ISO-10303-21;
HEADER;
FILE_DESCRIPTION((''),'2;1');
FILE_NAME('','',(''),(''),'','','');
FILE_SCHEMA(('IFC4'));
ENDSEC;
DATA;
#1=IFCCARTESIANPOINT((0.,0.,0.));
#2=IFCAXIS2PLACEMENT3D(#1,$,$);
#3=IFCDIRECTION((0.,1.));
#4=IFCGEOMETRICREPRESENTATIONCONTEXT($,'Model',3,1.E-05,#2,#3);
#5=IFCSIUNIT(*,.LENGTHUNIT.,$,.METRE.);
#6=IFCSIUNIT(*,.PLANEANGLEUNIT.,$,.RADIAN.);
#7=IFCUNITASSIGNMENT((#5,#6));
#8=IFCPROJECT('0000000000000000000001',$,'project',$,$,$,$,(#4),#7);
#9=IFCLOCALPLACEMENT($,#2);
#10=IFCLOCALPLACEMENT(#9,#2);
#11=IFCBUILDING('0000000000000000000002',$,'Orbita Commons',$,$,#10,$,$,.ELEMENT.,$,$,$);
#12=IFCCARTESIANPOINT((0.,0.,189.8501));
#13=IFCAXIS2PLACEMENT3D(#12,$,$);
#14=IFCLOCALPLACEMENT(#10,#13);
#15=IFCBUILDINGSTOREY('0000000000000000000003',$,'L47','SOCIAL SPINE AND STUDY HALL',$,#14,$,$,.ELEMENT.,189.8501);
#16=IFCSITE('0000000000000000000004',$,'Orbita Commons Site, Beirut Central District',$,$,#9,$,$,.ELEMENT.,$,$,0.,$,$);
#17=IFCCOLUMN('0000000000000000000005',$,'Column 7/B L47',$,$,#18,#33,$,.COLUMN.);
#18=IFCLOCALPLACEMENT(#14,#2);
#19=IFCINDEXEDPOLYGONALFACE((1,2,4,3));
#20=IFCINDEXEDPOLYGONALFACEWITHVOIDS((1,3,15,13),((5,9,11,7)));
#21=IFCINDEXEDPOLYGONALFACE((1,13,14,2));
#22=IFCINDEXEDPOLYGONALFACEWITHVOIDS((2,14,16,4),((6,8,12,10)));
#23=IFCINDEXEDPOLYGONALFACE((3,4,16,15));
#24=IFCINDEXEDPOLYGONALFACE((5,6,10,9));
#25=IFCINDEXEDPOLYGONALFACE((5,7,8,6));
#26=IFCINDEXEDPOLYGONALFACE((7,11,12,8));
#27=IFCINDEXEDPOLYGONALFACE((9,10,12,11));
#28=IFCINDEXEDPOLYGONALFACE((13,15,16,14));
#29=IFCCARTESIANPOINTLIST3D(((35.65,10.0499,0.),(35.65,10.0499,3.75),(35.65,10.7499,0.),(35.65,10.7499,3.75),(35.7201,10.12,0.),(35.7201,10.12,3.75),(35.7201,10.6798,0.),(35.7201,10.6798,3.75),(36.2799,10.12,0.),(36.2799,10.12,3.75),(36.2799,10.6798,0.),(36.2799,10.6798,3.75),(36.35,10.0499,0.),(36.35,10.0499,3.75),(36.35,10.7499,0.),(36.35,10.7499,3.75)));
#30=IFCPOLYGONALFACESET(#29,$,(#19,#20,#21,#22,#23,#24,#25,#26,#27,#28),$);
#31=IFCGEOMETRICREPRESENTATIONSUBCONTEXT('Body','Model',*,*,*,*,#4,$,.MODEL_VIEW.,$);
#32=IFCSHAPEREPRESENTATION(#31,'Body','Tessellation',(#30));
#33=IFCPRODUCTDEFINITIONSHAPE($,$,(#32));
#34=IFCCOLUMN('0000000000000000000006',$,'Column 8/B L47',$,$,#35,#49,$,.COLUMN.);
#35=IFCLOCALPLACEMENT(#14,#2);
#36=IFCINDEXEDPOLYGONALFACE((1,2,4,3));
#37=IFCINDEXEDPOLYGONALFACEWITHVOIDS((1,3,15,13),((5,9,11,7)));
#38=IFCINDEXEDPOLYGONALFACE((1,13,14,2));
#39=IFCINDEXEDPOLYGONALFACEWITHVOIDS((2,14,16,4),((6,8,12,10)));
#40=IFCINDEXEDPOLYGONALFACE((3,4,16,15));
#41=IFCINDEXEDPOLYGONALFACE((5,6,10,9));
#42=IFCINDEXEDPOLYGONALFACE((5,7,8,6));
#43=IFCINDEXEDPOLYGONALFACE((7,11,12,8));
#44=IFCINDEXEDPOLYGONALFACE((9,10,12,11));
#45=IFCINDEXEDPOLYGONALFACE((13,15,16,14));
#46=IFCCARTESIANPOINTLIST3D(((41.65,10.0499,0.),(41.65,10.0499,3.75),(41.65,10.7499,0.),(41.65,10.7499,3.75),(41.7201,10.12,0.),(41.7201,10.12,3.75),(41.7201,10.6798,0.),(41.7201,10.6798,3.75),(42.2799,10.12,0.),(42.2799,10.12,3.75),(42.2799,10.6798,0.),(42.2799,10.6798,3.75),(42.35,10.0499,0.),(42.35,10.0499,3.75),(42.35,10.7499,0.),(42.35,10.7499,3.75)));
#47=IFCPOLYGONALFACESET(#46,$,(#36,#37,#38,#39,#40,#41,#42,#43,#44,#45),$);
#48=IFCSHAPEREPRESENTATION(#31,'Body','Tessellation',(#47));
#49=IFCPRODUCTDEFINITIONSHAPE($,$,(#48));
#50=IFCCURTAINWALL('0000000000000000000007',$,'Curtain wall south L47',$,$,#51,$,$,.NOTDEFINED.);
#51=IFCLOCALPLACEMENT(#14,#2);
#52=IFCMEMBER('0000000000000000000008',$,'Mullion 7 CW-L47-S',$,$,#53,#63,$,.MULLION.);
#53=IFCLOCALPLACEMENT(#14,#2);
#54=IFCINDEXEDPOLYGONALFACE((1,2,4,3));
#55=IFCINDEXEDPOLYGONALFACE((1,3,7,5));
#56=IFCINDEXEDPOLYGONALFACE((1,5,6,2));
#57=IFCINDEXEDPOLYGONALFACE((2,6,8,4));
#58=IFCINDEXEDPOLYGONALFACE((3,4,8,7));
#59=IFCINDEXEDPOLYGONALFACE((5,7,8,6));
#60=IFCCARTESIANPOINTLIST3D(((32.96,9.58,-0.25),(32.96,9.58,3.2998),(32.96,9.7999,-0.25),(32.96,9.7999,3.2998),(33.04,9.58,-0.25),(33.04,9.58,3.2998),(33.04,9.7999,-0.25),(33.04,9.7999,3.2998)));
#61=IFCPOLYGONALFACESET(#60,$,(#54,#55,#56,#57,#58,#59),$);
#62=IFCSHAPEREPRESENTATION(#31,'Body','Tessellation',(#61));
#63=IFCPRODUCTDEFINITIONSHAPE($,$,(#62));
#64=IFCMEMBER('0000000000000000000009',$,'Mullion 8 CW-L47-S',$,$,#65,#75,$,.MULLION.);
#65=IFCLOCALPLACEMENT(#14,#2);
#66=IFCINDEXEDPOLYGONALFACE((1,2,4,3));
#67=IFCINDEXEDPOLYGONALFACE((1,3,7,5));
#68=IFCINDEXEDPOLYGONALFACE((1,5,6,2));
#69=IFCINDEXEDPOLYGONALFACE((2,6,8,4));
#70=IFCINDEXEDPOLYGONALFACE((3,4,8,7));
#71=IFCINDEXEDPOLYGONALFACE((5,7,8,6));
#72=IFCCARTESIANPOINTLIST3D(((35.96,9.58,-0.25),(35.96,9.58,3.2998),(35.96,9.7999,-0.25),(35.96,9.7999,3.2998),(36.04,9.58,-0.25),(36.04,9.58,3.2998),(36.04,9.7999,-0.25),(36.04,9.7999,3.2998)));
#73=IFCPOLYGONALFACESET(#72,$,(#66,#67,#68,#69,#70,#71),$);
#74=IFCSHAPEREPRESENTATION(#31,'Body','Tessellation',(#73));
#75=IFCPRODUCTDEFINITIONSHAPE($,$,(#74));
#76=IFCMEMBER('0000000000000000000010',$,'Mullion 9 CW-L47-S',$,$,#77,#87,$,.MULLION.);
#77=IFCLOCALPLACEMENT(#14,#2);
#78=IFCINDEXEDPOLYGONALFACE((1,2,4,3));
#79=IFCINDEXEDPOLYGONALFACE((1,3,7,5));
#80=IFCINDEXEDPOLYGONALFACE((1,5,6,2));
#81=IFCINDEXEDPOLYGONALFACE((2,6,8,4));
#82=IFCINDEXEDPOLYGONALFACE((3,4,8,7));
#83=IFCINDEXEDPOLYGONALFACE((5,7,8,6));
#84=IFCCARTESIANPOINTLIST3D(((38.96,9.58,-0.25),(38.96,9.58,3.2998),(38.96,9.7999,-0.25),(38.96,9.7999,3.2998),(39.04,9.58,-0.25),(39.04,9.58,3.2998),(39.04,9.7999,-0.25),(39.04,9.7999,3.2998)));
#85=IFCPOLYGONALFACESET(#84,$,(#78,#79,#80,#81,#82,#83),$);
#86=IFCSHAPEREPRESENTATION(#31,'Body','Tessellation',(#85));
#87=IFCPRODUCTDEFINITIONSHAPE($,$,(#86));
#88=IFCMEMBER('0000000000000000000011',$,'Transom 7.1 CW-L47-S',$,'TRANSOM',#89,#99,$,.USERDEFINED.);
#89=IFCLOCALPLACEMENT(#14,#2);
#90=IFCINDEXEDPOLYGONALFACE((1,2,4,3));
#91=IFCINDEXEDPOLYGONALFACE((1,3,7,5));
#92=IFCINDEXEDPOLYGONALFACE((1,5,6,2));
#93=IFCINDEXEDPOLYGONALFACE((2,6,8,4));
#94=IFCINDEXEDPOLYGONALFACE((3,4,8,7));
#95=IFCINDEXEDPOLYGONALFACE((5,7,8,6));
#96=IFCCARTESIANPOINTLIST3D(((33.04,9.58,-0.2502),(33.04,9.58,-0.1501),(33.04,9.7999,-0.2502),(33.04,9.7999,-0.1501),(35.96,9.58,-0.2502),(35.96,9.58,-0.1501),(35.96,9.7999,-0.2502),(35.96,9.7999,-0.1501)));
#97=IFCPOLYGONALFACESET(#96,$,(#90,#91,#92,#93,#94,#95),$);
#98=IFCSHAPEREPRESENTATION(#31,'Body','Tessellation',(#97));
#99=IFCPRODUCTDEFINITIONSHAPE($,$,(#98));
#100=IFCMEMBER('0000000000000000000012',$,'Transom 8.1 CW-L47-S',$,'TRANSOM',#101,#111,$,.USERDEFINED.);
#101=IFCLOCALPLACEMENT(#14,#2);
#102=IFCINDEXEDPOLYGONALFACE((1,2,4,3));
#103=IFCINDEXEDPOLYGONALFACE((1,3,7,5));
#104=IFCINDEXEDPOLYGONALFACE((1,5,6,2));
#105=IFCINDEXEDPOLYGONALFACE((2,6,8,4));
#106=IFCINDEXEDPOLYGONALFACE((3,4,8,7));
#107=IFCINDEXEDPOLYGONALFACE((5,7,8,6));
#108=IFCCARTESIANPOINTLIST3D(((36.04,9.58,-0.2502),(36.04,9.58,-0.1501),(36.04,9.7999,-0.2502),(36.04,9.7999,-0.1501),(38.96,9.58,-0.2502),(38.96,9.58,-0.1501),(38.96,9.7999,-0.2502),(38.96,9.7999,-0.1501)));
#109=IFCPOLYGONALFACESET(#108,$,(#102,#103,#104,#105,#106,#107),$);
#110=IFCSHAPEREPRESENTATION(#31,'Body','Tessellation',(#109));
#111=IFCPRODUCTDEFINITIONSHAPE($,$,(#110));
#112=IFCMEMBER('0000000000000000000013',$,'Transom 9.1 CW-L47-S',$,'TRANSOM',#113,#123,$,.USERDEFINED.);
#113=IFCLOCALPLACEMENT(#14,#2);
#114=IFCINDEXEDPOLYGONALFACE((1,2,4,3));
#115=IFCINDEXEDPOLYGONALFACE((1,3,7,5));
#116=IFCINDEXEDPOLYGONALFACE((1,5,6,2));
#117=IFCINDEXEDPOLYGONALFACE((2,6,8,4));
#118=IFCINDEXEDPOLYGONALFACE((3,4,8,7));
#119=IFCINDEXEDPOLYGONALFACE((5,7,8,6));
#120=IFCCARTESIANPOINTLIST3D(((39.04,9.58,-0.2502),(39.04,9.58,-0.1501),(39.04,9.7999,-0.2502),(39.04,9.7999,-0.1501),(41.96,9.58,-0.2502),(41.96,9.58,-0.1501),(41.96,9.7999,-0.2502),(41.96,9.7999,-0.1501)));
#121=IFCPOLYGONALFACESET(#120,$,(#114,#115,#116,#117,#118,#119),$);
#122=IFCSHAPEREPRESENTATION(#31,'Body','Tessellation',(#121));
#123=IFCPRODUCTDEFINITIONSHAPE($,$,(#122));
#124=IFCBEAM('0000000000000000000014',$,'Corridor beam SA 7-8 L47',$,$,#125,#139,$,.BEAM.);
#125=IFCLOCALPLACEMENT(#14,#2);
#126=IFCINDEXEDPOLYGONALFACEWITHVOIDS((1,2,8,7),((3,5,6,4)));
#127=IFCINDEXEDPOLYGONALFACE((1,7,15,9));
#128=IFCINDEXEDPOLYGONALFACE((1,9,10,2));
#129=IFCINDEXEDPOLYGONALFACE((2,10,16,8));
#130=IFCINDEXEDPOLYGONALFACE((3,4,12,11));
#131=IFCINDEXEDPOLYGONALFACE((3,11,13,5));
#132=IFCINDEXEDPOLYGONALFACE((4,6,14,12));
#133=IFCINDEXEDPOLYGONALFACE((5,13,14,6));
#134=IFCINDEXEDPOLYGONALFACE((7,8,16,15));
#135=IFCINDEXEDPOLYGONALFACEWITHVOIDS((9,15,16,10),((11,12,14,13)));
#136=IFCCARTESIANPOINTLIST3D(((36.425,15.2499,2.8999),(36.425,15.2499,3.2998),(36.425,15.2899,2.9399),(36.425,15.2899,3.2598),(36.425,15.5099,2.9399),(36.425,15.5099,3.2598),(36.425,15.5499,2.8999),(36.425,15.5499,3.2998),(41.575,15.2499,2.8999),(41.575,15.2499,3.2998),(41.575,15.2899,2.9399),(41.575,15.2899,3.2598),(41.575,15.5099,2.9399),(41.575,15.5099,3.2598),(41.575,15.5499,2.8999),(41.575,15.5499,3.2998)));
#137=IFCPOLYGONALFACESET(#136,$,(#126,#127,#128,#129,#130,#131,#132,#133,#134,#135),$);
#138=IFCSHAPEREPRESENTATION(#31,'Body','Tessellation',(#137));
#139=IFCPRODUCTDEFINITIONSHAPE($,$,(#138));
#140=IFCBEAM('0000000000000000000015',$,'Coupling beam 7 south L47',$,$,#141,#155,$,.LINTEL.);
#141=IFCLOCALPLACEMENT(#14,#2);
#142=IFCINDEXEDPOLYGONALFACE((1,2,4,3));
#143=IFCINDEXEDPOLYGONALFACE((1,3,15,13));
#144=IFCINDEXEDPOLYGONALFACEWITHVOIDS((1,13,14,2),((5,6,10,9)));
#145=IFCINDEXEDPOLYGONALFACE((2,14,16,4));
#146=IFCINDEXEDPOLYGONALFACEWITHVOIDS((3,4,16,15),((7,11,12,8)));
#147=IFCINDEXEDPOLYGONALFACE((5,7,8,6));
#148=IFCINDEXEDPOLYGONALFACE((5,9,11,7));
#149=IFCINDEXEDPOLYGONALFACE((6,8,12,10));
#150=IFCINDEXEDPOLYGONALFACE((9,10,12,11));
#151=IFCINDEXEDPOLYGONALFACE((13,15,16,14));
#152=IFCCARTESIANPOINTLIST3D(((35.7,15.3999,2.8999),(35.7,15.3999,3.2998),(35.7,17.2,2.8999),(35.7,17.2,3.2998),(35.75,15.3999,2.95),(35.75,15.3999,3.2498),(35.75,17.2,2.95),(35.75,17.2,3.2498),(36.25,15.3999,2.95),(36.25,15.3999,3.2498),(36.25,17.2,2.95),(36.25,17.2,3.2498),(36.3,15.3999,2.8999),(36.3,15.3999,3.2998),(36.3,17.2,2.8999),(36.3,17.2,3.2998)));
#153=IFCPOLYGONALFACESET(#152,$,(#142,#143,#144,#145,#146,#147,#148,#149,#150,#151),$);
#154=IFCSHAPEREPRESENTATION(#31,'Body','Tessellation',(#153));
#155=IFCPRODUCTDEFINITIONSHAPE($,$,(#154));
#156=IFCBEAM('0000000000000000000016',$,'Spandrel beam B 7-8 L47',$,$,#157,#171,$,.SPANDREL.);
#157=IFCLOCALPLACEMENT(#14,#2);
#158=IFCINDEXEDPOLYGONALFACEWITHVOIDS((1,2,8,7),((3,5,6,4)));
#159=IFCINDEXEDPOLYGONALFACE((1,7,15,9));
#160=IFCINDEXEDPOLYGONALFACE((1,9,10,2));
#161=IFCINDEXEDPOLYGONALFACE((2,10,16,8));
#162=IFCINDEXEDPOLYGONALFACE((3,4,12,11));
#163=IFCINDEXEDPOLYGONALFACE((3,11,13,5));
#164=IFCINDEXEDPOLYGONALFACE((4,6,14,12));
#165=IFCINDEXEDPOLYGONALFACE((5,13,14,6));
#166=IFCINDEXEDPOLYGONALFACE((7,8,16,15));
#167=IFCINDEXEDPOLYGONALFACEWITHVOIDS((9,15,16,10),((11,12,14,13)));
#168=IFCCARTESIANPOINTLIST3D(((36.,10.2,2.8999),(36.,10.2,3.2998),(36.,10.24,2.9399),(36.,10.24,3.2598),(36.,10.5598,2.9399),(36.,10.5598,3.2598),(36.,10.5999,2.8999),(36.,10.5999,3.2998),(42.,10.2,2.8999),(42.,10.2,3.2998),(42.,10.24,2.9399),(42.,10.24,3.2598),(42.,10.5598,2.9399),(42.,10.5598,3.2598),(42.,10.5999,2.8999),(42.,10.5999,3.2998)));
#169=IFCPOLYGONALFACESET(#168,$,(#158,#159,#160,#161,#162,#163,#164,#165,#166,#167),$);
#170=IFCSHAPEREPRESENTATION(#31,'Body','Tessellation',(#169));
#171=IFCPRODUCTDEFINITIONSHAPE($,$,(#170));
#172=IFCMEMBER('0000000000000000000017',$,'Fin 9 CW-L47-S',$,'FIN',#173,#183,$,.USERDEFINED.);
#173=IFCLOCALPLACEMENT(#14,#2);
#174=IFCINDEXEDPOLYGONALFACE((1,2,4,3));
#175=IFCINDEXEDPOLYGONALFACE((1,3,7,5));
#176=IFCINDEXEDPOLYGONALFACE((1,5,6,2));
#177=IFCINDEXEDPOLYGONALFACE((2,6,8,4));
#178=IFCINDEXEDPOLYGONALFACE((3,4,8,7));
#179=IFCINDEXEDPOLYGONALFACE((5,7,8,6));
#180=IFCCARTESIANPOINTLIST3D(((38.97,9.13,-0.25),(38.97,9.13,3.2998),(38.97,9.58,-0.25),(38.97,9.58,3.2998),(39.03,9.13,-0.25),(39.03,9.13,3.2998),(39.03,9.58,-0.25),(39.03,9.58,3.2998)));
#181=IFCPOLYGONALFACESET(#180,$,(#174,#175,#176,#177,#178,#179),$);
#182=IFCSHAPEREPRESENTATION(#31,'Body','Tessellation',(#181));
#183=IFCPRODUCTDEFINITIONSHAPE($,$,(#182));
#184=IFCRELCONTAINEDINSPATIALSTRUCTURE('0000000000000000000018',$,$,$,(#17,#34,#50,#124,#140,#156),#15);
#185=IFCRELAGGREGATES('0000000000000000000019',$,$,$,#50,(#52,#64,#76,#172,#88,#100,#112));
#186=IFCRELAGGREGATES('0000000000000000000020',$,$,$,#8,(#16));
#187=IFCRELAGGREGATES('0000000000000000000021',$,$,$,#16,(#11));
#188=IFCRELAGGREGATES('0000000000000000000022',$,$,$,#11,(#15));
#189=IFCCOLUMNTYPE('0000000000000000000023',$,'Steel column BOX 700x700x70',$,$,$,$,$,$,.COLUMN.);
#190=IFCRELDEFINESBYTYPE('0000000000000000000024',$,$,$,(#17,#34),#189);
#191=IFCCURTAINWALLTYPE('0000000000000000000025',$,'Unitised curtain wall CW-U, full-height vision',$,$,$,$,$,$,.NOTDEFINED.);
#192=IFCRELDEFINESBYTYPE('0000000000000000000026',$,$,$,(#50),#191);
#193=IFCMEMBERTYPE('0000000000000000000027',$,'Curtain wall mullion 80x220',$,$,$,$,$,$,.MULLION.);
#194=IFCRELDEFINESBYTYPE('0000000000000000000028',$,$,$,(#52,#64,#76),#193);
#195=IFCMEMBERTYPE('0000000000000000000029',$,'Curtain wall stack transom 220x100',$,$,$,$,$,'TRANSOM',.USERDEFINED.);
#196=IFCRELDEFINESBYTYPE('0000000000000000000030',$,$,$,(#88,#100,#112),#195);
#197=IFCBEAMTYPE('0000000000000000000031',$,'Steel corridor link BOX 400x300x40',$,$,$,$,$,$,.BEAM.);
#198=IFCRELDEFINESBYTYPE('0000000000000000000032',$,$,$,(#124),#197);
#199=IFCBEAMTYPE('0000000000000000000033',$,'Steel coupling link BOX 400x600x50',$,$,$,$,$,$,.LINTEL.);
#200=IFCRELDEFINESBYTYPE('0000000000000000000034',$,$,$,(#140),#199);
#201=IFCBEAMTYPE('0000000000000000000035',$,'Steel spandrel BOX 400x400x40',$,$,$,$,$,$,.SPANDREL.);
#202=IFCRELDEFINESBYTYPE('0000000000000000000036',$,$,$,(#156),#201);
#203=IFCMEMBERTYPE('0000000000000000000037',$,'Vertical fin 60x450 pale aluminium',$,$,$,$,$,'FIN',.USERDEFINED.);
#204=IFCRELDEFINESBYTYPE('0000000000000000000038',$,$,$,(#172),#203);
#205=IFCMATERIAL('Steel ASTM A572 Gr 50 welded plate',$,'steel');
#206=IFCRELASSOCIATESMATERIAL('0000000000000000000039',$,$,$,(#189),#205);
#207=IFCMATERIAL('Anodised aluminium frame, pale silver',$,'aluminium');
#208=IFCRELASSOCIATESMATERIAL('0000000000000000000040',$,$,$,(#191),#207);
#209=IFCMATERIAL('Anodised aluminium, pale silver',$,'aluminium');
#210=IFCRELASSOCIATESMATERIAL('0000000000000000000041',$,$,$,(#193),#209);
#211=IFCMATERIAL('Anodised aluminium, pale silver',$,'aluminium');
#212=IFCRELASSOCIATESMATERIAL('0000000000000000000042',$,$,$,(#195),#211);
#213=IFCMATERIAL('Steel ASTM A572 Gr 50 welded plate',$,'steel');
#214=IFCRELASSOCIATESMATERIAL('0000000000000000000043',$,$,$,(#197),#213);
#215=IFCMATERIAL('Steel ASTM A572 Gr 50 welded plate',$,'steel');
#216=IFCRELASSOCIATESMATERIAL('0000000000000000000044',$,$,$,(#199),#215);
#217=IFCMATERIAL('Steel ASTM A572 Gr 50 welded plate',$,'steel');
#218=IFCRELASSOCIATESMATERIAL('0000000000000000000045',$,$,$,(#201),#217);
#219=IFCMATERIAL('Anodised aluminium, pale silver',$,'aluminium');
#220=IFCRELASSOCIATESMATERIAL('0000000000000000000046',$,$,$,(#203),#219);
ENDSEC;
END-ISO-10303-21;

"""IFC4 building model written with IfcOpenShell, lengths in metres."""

from ifc_helpers import new_model, si_unit, direction, frame, origin, origin_2d, place, context, subcontext, project, spatial, rectangle, hollow_rectangle, extrude, material, material_profile, profile_set, type_object, element, aggregate, save


model = new_model("IFC4")

# Units and contexts
model_context = context("Model", 3, precision=1e-05, world=origin(), true_north=direction((0.0, 1.0)))
body_context = subcontext(model_context, "Body", "Model", "MODEL_VIEW")
ifc_project = project(units=[si_unit("LENGTHUNIT", "METRE"), si_unit("PLANEANGLEUNIT", "RADIAN")], contexts=[model_context])

# Site, building, storey
site_placement = place(None, origin())
site = spatial("IfcSite", under=ifc_project, at=site_placement, Name="Orbita Commons Site, Beirut Central District", CompositionType="ELEMENT", RefElevation=0.0)
building_placement = place(site_placement, origin())
building = spatial("IfcBuilding", under=site, at=building_placement, Name="Orbita Commons", CompositionType="ELEMENT")
storey_placement = place(building_placement, frame((0.0, 0.0, 189.8501)))
storey = spatial("IfcBuildingStorey", under=building, at=storey_placement, Name="L47", Description="SOCIAL SPINE AND STUDY HALL", CompositionType="ELEMENT", Elevation=189.8501)

# Columns
ifc_material_1 = material(Name="Steel ASTM A572 Gr 50 welded plate", Category="steel")
ifc_material_profile_1 = material_profile(ifc_material_1, hollow_rectangle(XDim=0.7, YDim=0.7, WallThickness=0.0701, at=origin_2d()), Name="BOX 700x700x70")
ifc_profile_set_1 = profile_set([ifc_material_profile_1], Name="Steel ASTM A572 Gr 50 welded plate")
column_type = type_object("IfcColumnType", Name="Steel column BOX 700x700x70", PredefinedType="COLUMN", material=ifc_profile_set_1)
for number, where, z_axis, x_axis, name in (
    (1, (36.0, 10.3999, 0.0), (0.0, 0.0, 1.0), (1.0, 0.0, 0.0), "Column 7/B L47"),
    (2, (42.0, 10.3999, 0.0), (0.0, 0.0, 1.0), (1.0, 0.0, 0.0), "Column 8/B L47"),
):
    element("IfcColumn", number, at=place(storey_placement, frame(where, z_axis=z_axis, x_axis=x_axis)), inside=storey, type_object=column_type, Name=name, PredefinedType="COLUMN", context=body_context, shape_type="SweptSolid", body=[
        extrude(hollow_rectangle(XDim=0.7, YDim=0.7, WallThickness=0.0701, at=origin_2d()), origin(), (0.0, 0.0, 1.0), 3.75),
    ])

# Curtain wall, members
ifc_material_2 = material(Name="Anodised aluminium frame, pale silver", Category="aluminium")
curtain_wall_type = type_object("IfcCurtainWallType", Name="Unitised curtain wall CW-U, full-height vision", PredefinedType="NOTDEFINED", material=ifc_material_2)
curtain_wall_placement = place(storey_placement, origin())
curtain_wall = element("IfcCurtainWall", 3, at=curtain_wall_placement, inside=storey, type_object=curtain_wall_type, Name="Curtain wall south L47", PredefinedType="NOTDEFINED")
ifc_material_3 = material(Name="Anodised aluminium, pale silver", Category="aluminium")
ifc_material_profile_2 = material_profile(ifc_material_3, rectangle(XDim=0.0801, YDim=0.22, at=origin_2d()), Name="AL 80x220")
ifc_profile_set_2 = profile_set([ifc_material_profile_2], Name="Anodised aluminium, pale silver")
member_type_1 = type_object("IfcMemberType", Name="Curtain wall mullion 80x220", PredefinedType="MULLION", material=ifc_profile_set_2)
member_1_placement = place(storey_placement, frame((33.0, 9.6899, -0.25), z_axis=(0.0, 0.0, 1.0), x_axis=(1.0, 0.0, 0.0)))
member_1 = element("IfcMember", 4, at=member_1_placement, type_object=member_type_1, Name="Mullion 7 CW-L47-S", PredefinedType="MULLION", context=body_context, shape_type="SweptSolid", body=[
    extrude(rectangle(XDim=0.0801, YDim=0.22, at=origin_2d()), origin(), (0.0, 0.0, 1.0), 3.5498),
])
member_2_placement = place(storey_placement, frame((36.0, 9.6899, -0.25), z_axis=(0.0, 0.0, 1.0), x_axis=(1.0, 0.0, 0.0)))
member_2 = element("IfcMember", 5, at=member_2_placement, type_object=member_type_1, Name="Mullion 8 CW-L47-S", PredefinedType="MULLION", context=body_context, shape_type="SweptSolid", body=[
    extrude(rectangle(XDim=0.0801, YDim=0.22, at=origin_2d()), origin(), (0.0, 0.0, 1.0), 3.5498),
])
member_3_placement = place(storey_placement, frame((39.0, 9.6899, -0.25), z_axis=(0.0, 0.0, 1.0), x_axis=(1.0, 0.0, 0.0)))
member_3 = element("IfcMember", 6, at=member_3_placement, type_object=member_type_1, Name="Mullion 9 CW-L47-S", PredefinedType="MULLION", context=body_context, shape_type="SweptSolid", body=[
    extrude(rectangle(XDim=0.0801, YDim=0.22, at=origin_2d()), origin(), (0.0, 0.0, 1.0), 3.5498),
])
ifc_material_4 = material(Name="Anodised aluminium, pale silver", Category="aluminium")
ifc_material_profile_3 = material_profile(ifc_material_4, rectangle(XDim=0.22, YDim=0.1001, at=origin_2d()), Name="AL 220x100")
ifc_profile_set_3 = profile_set([ifc_material_profile_3], Name="Anodised aluminium, pale silver")
member_type_2 = type_object("IfcMemberType", Name="Curtain wall stack transom 220x100", ElementType="TRANSOM", PredefinedType="USERDEFINED", material=ifc_profile_set_3)
member_4_placement = place(storey_placement, frame((33.04, 9.6899, -0.2002), z_axis=(1.0, 0.0, 0.0), x_axis=(0.0, 1.0, 0.0)))
member_4 = element("IfcMember", 7, at=member_4_placement, type_object=member_type_2, Name="Transom 7.1 CW-L47-S", ObjectType="TRANSOM", PredefinedType="USERDEFINED", context=body_context, shape_type="SweptSolid", body=[
    extrude(rectangle(XDim=0.22, YDim=0.1001, at=origin_2d()), origin(), (0.0, 0.0, 1.0), 2.9199),
])
member_5_placement = place(storey_placement, frame((36.04, 9.6899, -0.2002), z_axis=(1.0, 0.0, 0.0), x_axis=(0.0, 1.0, 0.0)))
member_5 = element("IfcMember", 8, at=member_5_placement, type_object=member_type_2, Name="Transom 8.1 CW-L47-S", ObjectType="TRANSOM", PredefinedType="USERDEFINED", context=body_context, shape_type="SweptSolid", body=[
    extrude(rectangle(XDim=0.22, YDim=0.1001, at=origin_2d()), origin(), (0.0, 0.0, 1.0), 2.9199),
])
member_6_placement = place(storey_placement, frame((39.04, 9.6899, -0.2002), z_axis=(1.0, 0.0, 0.0), x_axis=(0.0, 1.0, 0.0)))
member_6 = element("IfcMember", 9, at=member_6_placement, type_object=member_type_2, Name="Transom 9.1 CW-L47-S", ObjectType="TRANSOM", PredefinedType="USERDEFINED", context=body_context, shape_type="SweptSolid", body=[
    extrude(rectangle(XDim=0.22, YDim=0.1001, at=origin_2d()), origin(), (0.0, 0.0, 1.0), 2.9199),
])

# Beams
ifc_material_5 = material(Name="Steel ASTM A572 Gr 50 welded plate", Category="steel")
ifc_material_profile_4 = material_profile(ifc_material_5, hollow_rectangle(XDim=0.3, YDim=0.3999, WallThickness=0.04, at=origin_2d()), Name="BOX 400x300x40")
ifc_profile_set_4 = profile_set([ifc_material_profile_4], Name="Steel ASTM A572 Gr 50 welded plate")
beam_type_1 = type_object("IfcBeamType", Name="Steel corridor link BOX 400x300x40", PredefinedType="BEAM", material=ifc_profile_set_4)
beam_1_placement = place(storey_placement, frame((36.425, 15.3999, 3.0999), z_axis=(1.0, 0.0, 0.0), x_axis=(0.0, 1.0, 0.0)))
element("IfcBeam", 10, at=beam_1_placement, inside=storey, type_object=beam_type_1, Name="Corridor beam SA 7-8 L47", PredefinedType="BEAM", context=body_context, shape_type="SweptSolid", body=[
    extrude(hollow_rectangle(XDim=0.3, YDim=0.3999, WallThickness=0.04, at=origin_2d()), origin(), (0.0, 0.0, 1.0), 5.1499),
])
ifc_material_6 = material(Name="Steel ASTM A572 Gr 50 welded plate", Category="steel")
ifc_material_profile_5 = material_profile(ifc_material_6, hollow_rectangle(XDim=0.6001, YDim=0.3999, WallThickness=0.05, at=origin_2d()), Name="BOX 400x600x50")
ifc_profile_set_5 = profile_set([ifc_material_profile_5], Name="Steel ASTM A572 Gr 50 welded plate")
beam_type_2 = type_object("IfcBeamType", Name="Steel coupling link BOX 400x600x50", PredefinedType="LINTEL", material=ifc_profile_set_5)
beam_2_placement = place(storey_placement, frame((36.0, 15.3999, 3.0999), z_axis=(0.0, 1.0, 0.0), x_axis=(-1.0, 0.0, 0.0)))
element("IfcBeam", 11, at=beam_2_placement, inside=storey, type_object=beam_type_2, Name="Coupling beam 7 south L47", PredefinedType="LINTEL", context=body_context, shape_type="SweptSolid", body=[
    extrude(hollow_rectangle(XDim=0.6001, YDim=0.3999, WallThickness=0.05, at=origin_2d()), origin(), (0.0, 0.0, 1.0), 1.8),
])
ifc_material_7 = material(Name="Steel ASTM A572 Gr 50 welded plate", Category="steel")
ifc_material_profile_6 = material_profile(ifc_material_7, hollow_rectangle(XDim=0.3999, YDim=0.3999, WallThickness=0.04, at=origin_2d()), Name="BOX 400x400x40")
ifc_profile_set_6 = profile_set([ifc_material_profile_6], Name="Steel ASTM A572 Gr 50 welded plate")
beam_type_3 = type_object("IfcBeamType", Name="Steel spandrel BOX 400x400x40", PredefinedType="SPANDREL", material=ifc_profile_set_6)
beam_3_placement = place(storey_placement, frame((36.0, 10.3999, 3.0999), z_axis=(1.0, 0.0, 0.0), x_axis=(0.0, 1.0, 0.0)))
element("IfcBeam", 12, at=beam_3_placement, inside=storey, type_object=beam_type_3, Name="Spandrel beam B 7-8 L47", PredefinedType="SPANDREL", context=body_context, shape_type="SweptSolid", body=[
    extrude(hollow_rectangle(XDim=0.3999, YDim=0.3999, WallThickness=0.04, at=origin_2d()), origin(), (0.0, 0.0, 1.0), 6.0),
])

# Member
ifc_material_8 = material(Name="Anodised aluminium, pale silver", Category="aluminium")
ifc_material_profile_7 = material_profile(ifc_material_8, rectangle(XDim=0.0601, YDim=0.45, at=origin_2d()), Name="FIN 60x450")
ifc_profile_set_7 = profile_set([ifc_material_profile_7], Name="Anodised aluminium, pale silver")
member_type_3 = type_object("IfcMemberType", Name="Vertical fin 60x450 pale aluminium", ElementType="FIN", PredefinedType="USERDEFINED", material=ifc_profile_set_7)
member_7_placement = place(storey_placement, frame((39.0, 9.355, -0.25), z_axis=(0.0, 0.0, 1.0), x_axis=(1.0, 0.0, 0.0)))
member_7 = element("IfcMember", 13, at=member_7_placement, type_object=member_type_3, Name="Fin 9 CW-L47-S", ObjectType="FIN", PredefinedType="USERDEFINED", context=body_context, shape_type="SweptSolid", body=[
    extrude(rectangle(XDim=0.0601, YDim=0.45, at=origin_2d()), origin(), (0.0, 0.0, 1.0), 3.5498),
])

aggregate(curtain_wall, [member_1, member_2, member_3, member_7, member_4, member_5, member_6])

save(model, "model.ifc")
